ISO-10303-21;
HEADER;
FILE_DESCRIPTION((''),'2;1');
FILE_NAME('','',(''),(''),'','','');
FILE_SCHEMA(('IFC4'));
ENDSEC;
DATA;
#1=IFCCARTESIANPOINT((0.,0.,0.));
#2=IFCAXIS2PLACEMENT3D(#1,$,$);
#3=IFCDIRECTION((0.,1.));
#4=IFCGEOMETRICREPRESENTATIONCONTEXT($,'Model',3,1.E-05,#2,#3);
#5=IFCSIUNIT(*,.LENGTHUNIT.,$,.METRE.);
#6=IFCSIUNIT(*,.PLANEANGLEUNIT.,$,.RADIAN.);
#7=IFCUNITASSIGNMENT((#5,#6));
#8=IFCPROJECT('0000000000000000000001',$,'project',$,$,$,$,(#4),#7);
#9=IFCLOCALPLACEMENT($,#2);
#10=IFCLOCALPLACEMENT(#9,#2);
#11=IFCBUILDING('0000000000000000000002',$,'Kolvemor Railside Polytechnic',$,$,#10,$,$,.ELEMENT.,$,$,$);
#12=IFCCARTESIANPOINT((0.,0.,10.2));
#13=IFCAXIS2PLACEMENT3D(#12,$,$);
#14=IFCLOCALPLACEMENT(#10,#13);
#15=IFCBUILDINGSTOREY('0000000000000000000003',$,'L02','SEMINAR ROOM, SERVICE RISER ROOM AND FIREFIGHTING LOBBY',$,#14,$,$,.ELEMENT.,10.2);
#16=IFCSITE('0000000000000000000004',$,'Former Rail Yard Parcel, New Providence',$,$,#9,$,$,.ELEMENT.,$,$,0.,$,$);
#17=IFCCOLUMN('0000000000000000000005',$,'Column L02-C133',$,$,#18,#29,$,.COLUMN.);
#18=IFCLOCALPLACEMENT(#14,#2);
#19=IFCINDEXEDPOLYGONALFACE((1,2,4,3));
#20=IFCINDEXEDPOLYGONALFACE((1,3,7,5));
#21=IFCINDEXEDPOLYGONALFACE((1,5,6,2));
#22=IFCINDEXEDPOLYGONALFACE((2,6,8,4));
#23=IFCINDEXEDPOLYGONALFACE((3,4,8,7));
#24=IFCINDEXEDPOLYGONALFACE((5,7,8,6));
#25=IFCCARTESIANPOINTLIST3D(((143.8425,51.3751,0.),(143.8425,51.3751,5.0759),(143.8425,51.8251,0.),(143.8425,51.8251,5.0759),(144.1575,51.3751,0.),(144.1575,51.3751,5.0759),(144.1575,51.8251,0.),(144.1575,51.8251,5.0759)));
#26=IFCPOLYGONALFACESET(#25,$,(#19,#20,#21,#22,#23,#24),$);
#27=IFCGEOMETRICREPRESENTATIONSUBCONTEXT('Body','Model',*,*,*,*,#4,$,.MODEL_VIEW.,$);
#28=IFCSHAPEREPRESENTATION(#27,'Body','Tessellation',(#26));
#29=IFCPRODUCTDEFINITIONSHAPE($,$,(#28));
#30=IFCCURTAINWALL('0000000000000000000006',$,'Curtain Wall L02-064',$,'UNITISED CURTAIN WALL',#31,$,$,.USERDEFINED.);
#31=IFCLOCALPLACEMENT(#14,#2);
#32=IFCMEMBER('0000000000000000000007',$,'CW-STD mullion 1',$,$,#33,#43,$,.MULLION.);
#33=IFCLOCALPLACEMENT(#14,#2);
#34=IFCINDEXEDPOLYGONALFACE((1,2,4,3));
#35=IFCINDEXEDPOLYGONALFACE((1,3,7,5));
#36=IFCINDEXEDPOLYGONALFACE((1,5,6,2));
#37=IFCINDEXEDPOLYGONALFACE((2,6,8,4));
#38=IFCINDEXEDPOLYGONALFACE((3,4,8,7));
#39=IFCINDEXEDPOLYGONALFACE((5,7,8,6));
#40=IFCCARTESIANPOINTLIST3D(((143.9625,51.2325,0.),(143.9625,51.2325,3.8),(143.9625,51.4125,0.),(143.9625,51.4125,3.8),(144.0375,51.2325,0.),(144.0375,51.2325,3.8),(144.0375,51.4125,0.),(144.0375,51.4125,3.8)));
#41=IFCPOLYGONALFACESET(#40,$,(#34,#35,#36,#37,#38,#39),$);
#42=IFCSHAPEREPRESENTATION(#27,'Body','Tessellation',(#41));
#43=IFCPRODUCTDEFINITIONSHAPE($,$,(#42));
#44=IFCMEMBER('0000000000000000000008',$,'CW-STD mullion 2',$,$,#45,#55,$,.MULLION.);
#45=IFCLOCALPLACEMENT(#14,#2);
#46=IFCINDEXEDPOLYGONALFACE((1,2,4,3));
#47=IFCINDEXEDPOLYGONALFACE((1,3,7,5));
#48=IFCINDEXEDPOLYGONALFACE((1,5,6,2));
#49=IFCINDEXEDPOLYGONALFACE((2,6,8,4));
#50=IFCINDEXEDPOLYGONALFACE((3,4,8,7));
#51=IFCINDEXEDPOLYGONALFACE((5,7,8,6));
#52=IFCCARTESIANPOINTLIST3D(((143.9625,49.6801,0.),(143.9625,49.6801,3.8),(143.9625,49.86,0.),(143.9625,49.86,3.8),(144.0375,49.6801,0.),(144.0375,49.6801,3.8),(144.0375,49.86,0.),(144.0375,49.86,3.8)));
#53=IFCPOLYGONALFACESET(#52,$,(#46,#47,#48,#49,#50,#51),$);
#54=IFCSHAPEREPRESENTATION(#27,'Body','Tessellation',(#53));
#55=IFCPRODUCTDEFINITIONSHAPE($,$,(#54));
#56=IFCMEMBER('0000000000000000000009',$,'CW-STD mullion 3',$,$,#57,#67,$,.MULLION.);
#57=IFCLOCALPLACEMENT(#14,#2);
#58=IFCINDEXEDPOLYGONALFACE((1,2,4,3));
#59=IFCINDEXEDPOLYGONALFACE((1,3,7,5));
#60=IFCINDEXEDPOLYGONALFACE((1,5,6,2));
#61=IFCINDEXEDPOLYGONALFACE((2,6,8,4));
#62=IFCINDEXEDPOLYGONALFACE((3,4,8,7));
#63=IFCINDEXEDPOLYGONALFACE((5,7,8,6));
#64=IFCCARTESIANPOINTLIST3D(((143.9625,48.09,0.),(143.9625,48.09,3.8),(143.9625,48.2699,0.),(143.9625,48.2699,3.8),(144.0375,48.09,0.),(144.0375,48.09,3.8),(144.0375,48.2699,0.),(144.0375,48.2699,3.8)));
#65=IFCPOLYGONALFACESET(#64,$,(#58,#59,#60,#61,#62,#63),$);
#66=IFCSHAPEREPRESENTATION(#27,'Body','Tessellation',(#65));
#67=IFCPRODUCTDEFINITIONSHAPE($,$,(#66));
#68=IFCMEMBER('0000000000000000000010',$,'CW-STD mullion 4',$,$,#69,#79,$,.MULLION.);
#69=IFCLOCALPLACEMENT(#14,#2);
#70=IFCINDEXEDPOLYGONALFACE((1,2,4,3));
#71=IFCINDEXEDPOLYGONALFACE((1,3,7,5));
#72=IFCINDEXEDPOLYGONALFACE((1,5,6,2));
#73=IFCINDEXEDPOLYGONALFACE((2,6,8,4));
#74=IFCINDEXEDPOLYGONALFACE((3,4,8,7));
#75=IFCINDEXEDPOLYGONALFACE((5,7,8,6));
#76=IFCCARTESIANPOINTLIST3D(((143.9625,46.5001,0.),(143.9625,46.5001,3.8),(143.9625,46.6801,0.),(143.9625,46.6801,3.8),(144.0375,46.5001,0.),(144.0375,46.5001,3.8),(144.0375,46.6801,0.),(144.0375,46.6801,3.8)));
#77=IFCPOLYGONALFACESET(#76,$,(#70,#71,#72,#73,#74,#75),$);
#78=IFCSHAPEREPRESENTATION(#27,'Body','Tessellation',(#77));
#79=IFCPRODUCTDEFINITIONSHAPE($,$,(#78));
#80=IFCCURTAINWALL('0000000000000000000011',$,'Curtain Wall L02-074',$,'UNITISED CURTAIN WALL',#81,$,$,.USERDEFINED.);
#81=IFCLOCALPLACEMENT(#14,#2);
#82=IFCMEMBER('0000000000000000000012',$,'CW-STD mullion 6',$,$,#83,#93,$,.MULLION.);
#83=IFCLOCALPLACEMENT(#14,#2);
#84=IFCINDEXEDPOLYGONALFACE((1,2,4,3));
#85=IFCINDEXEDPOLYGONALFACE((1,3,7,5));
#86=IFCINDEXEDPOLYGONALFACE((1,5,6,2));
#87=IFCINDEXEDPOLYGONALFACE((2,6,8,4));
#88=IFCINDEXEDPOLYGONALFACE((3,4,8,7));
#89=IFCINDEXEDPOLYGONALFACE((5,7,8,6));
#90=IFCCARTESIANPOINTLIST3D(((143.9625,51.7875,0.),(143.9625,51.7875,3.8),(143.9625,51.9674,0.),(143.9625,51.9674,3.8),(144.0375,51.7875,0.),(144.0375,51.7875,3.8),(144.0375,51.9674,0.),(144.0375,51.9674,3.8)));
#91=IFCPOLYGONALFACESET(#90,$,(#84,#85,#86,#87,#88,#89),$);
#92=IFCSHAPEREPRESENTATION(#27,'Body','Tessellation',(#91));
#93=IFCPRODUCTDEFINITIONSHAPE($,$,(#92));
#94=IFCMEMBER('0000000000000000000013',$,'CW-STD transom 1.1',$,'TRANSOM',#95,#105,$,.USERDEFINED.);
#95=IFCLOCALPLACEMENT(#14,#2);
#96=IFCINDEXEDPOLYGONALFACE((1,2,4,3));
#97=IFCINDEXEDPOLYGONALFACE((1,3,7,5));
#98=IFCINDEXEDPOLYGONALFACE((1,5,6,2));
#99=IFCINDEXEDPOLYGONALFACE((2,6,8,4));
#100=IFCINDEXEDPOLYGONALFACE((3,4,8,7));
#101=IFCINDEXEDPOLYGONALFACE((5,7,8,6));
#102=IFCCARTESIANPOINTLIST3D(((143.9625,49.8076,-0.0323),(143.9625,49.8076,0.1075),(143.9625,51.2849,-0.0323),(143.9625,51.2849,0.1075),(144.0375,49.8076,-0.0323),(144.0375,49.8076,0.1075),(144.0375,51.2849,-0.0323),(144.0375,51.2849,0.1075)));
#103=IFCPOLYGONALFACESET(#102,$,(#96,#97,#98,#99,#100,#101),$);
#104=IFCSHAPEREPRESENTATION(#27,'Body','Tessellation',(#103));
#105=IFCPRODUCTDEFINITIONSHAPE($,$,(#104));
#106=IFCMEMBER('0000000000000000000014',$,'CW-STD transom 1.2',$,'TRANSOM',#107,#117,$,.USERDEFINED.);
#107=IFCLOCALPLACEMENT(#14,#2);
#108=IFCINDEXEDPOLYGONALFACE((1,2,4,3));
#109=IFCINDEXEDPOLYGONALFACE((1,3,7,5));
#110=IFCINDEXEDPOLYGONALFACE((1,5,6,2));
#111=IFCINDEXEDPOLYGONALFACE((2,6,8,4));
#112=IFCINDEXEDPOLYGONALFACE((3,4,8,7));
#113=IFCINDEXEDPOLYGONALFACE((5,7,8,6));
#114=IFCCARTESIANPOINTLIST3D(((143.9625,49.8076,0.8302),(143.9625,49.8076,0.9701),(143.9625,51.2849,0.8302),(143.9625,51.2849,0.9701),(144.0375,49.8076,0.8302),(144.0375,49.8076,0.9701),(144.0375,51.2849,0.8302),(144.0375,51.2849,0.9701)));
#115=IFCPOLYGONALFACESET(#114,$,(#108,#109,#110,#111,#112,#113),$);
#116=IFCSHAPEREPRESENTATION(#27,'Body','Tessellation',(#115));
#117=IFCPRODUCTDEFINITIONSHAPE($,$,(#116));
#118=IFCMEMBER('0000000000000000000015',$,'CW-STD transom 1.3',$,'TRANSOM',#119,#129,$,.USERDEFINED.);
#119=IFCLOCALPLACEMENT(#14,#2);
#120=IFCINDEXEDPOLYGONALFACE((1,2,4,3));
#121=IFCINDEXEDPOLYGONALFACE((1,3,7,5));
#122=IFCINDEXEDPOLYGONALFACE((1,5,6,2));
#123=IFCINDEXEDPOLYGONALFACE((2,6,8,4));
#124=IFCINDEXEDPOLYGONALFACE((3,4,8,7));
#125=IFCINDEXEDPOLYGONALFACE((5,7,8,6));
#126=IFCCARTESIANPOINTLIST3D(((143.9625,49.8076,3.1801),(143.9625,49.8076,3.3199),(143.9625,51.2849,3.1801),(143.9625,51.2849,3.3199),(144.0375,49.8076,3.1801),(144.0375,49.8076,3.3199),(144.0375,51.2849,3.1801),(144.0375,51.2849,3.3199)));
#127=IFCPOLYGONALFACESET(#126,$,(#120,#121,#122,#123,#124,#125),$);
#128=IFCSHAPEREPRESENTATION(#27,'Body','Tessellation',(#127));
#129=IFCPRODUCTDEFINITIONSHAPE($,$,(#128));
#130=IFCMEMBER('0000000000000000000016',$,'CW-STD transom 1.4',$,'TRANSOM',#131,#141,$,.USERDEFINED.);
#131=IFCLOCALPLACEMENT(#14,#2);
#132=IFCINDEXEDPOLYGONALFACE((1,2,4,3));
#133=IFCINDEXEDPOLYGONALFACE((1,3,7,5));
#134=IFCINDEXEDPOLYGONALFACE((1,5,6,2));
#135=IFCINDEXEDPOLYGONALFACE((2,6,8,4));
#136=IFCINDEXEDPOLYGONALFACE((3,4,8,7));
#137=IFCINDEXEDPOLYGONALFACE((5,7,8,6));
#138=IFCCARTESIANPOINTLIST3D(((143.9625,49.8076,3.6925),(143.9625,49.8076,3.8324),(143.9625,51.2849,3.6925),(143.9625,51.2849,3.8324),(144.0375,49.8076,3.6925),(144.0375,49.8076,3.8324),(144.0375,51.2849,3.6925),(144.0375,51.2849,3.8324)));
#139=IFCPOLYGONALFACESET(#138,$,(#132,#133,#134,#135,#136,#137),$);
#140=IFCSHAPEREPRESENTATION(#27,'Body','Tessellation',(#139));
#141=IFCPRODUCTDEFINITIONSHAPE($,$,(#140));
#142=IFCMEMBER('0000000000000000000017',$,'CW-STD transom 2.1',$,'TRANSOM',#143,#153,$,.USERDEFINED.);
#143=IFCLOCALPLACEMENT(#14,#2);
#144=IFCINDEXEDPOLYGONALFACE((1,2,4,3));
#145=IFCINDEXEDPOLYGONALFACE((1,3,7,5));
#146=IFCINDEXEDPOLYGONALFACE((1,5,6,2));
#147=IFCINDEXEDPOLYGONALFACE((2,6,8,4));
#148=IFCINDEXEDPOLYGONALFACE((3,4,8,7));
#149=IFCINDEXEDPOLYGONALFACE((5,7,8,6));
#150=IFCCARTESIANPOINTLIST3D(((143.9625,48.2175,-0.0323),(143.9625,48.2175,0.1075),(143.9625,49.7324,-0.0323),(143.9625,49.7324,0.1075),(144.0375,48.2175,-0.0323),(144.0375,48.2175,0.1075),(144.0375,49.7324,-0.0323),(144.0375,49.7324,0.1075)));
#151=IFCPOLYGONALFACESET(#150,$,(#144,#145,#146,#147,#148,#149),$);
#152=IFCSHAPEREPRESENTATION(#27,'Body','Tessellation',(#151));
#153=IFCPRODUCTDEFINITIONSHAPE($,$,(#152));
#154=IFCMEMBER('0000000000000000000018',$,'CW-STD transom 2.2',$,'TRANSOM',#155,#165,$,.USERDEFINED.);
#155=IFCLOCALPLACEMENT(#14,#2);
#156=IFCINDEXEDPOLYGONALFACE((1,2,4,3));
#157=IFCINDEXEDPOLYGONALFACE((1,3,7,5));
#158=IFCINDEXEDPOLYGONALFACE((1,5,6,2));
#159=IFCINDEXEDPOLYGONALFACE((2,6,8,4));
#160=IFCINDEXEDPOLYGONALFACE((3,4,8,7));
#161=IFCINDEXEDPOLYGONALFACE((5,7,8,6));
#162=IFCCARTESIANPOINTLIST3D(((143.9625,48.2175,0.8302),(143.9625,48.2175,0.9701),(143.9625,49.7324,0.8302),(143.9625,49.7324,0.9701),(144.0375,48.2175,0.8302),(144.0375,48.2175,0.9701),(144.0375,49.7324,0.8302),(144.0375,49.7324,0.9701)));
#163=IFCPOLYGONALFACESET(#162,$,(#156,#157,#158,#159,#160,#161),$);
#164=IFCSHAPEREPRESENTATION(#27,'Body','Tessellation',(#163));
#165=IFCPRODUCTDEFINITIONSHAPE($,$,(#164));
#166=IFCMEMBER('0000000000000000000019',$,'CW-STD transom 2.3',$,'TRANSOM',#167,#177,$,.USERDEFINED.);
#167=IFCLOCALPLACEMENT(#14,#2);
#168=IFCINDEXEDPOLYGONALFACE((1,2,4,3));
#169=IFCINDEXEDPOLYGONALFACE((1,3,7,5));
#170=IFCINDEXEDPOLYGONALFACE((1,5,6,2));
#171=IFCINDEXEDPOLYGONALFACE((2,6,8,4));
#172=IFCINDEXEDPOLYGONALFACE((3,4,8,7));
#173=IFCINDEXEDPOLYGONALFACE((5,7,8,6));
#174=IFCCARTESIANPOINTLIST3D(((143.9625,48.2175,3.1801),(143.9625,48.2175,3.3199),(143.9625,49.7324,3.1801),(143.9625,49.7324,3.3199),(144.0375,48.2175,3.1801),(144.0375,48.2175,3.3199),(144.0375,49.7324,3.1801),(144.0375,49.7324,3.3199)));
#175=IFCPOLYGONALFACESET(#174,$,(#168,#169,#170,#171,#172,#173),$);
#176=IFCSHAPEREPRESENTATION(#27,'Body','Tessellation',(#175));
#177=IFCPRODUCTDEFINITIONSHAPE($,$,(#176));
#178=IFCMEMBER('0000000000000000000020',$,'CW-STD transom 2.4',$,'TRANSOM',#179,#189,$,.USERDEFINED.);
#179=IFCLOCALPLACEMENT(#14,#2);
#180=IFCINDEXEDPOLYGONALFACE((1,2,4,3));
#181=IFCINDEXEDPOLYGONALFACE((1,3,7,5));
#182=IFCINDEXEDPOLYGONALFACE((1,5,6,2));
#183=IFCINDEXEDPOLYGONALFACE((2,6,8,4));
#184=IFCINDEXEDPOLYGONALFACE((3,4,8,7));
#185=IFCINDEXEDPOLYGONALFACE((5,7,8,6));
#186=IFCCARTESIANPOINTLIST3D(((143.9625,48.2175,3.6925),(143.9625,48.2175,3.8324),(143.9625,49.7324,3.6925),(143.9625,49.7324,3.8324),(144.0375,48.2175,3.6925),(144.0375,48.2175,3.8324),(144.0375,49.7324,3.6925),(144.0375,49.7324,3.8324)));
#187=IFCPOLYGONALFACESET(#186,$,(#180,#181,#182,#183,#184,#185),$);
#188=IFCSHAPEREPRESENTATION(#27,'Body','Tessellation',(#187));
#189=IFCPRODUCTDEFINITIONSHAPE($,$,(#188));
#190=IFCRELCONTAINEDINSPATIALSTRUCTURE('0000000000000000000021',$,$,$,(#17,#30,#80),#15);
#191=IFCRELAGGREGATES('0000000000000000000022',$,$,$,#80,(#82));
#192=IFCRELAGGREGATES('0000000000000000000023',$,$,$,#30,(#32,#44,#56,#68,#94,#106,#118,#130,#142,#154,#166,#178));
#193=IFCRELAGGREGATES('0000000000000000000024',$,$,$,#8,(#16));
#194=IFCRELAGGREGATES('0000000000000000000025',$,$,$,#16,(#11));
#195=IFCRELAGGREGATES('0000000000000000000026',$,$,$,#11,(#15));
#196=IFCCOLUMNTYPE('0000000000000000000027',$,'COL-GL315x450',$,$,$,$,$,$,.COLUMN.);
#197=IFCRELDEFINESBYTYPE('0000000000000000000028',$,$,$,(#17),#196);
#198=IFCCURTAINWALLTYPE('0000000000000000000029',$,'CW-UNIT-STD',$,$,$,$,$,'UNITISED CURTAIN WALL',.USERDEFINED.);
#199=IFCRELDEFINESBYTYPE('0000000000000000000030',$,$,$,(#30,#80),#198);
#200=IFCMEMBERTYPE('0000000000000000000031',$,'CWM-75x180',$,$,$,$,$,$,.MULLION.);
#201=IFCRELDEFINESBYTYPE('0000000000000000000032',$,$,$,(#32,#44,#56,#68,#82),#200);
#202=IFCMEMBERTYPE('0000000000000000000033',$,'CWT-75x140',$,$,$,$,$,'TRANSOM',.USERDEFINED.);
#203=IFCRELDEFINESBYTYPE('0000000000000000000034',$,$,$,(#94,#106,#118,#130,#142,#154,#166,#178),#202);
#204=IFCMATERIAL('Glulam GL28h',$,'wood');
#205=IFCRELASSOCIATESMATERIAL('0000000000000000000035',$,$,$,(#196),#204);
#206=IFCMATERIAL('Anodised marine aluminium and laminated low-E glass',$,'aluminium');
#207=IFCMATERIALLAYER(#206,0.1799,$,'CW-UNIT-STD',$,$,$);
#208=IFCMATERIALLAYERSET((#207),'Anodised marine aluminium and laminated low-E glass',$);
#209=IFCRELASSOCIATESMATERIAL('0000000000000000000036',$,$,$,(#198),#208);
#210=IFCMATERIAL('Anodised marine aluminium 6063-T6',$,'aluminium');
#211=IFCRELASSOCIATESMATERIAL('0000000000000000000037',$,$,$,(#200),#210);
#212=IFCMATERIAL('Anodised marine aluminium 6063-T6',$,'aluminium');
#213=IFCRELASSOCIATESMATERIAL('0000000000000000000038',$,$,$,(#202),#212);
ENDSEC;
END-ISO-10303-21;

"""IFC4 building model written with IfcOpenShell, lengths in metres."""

from ifc_helpers import new_model, si_unit, direction, frame, origin, origin_2d, place, context, subcontext, project, spatial, rectangle, extrude, material, layer, layer_set, material_profile, profile_set, type_object, element, aggregate, save


model = new_model("IFC4")

# Units and contexts
model_context = context("Model", 3, precision=1e-05, world=origin(), true_north=direction((0.0, 1.0)))
body_context = subcontext(model_context, "Body", "Model", "MODEL_VIEW")
ifc_project = project(units=[si_unit("LENGTHUNIT", "METRE"), si_unit("PLANEANGLEUNIT", "RADIAN")], contexts=[model_context])

# Site, building, storey
site_placement = place(None, origin())
site = spatial("IfcSite", under=ifc_project, at=site_placement, Name="Former Rail Yard Parcel, New Providence", CompositionType="ELEMENT", RefElevation=0.0)
building_placement = place(site_placement, origin())
building = spatial("IfcBuilding", under=site, at=building_placement, Name="Kolvemor Railside Polytechnic", CompositionType="ELEMENT")
storey_placement = place(building_placement, frame((0.0, 0.0, 10.2)))
storey = spatial("IfcBuildingStorey", under=building, at=storey_placement, Name="L02", Description="SEMINAR ROOM, SERVICE RISER ROOM AND FIREFIGHTING LOBBY", CompositionType="ELEMENT", Elevation=10.2)

# Column
ifc_material_1 = material(Name="Glulam GL28h", Category="wood")
ifc_material_profile_1 = material_profile(ifc_material_1, rectangle(XDim=0.3149, YDim=0.45, at=origin_2d()), Name="GL315x450")
ifc_profile_set_1 = profile_set([ifc_material_profile_1], Name="Glulam GL28h")
column_type = type_object("IfcColumnType", Name="COL-GL315x450", PredefinedType="COLUMN", material=ifc_profile_set_1)
column_placement = place(storey_placement, frame((144.0, 51.6001, 0.0), z_axis=(0.0, 0.0, 1.0), x_axis=(1.0, 0.0, 0.0)))
element("IfcColumn", 1, at=column_placement, inside=storey, type_object=column_type, Name="Column L02-C133", PredefinedType="COLUMN", context=body_context, shape_type="SweptSolid", body=[
    extrude(rectangle(XDim=0.3149, YDim=0.45, at=origin_2d()), origin(), (0.0, 0.0, 1.0), 5.0759),
])

# Curtain wall, members
ifc_material_2 = material(Name="Anodised marine aluminium and laminated low-E glass", Category="aluminium")
ifc_layer_1 = layer(ifc_material_2, 0.1799, Name="CW-UNIT-STD")
ifc_layer_set_1 = layer_set([ifc_layer_1], Name="Anodised marine aluminium and laminated low-E glass")
curtain_wall_type = type_object("IfcCurtainWallType", Name="CW-UNIT-STD", ElementType="UNITISED CURTAIN WALL", PredefinedType="USERDEFINED", material=ifc_layer_set_1)
curtain_wall_1_placement = place(storey_placement, origin())
curtain_wall_1 = element("IfcCurtainWall", 2, at=curtain_wall_1_placement, inside=storey, type_object=curtain_wall_type, Name="Curtain Wall L02-064", ObjectType="UNITISED CURTAIN WALL", PredefinedType="USERDEFINED")
ifc_material_3 = material(Name="Anodised marine aluminium 6063-T6", Category="aluminium")
ifc_material_profile_2 = material_profile(ifc_material_3, rectangle(XDim=0.075, YDim=0.1799, at=origin_2d()), Name="CW-MUL-75x180")
ifc_profile_set_2 = profile_set([ifc_material_profile_2], Name="Anodised marine aluminium 6063-T6")
member_type_1 = type_object("IfcMemberType", Name="CWM-75x180", PredefinedType="MULLION", material=ifc_profile_set_2)
member_1_placement = place(storey_placement, frame((144.0, 51.3225, 0.0), z_axis=(0.0, 0.0, 1.0), x_axis=(1.0, 0.0, 0.0)))
member_1 = element("IfcMember", 3, at=member_1_placement, type_object=member_type_1, Name="CW-STD mullion 1", PredefinedType="MULLION", context=body_context, shape_type="SweptSolid", body=[
    extrude(rectangle(XDim=0.075, YDim=0.1799, at=origin_2d()), origin(), (0.0, 0.0, 1.0), 3.8),
])
member_2_placement = place(storey_placement, frame((144.0, 49.77, 0.0), z_axis=(0.0, 0.0, 1.0), x_axis=(1.0, 0.0, 0.0)))
member_2 = element("IfcMember", 4, at=member_2_placement, type_object=member_type_1, Name="CW-STD mullion 2", PredefinedType="MULLION", context=body_context, shape_type="SweptSolid", body=[
    extrude(rectangle(XDim=0.075, YDim=0.1799, at=origin_2d()), origin(), (0.0, 0.0, 1.0), 3.8),
])
member_3_placement = place(storey_placement, frame((144.0, 48.1799, 0.0), z_axis=(0.0, 0.0, 1.0), x_axis=(1.0, 0.0, 0.0)))
member_3 = element("IfcMember", 5, at=member_3_placement, type_object=member_type_1, Name="CW-STD mullion 3", PredefinedType="MULLION", context=body_context, shape_type="SweptSolid", body=[
    extrude(rectangle(XDim=0.075, YDim=0.1799, at=origin_2d()), origin(), (0.0, 0.0, 1.0), 3.8),
])
member_4_placement = place(storey_placement, frame((144.0, 46.5901, 0.0), z_axis=(0.0, 0.0, 1.0), x_axis=(1.0, 0.0, 0.0)))
member_4 = element("IfcMember", 6, at=member_4_placement, type_object=member_type_1, Name="CW-STD mullion 4", PredefinedType="MULLION", context=body_context, shape_type="SweptSolid", body=[
    extrude(rectangle(XDim=0.075, YDim=0.1799, at=origin_2d()), origin(), (0.0, 0.0, 1.0), 3.8),
])

# Curtain wall, member
curtain_wall_2_placement = place(storey_placement, origin())
curtain_wall_2 = element("IfcCurtainWall", 7, at=curtain_wall_2_placement, inside=storey, type_object=curtain_wall_type, Name="Curtain Wall L02-074", ObjectType="UNITISED CURTAIN WALL", PredefinedType="USERDEFINED")
member_5_placement = place(storey_placement, frame((144.0, 51.8774, 0.0), z_axis=(0.0, 0.0, 1.0), x_axis=(1.0, 0.0, 0.0)))
member_5 = element("IfcMember", 8, at=member_5_placement, type_object=member_type_1, Name="CW-STD mullion 6", PredefinedType="MULLION", context=body_context, shape_type="SweptSolid", body=[
    extrude(rectangle(XDim=0.075, YDim=0.1799, at=origin_2d()), origin(), (0.0, 0.0, 1.0), 3.8),
])
aggregate(curtain_wall_2, [member_5])

# Members
ifc_material_4 = material(Name="Anodised marine aluminium 6063-T6", Category="aluminium")
ifc_material_profile_3 = material_profile(ifc_material_4, rectangle(XDim=0.075, YDim=0.1399, at=origin_2d()), Name="CW-TRN-75x140")
ifc_profile_set_3 = profile_set([ifc_material_profile_3], Name="Anodised marine aluminium 6063-T6")
member_type_2 = type_object("IfcMemberType", Name="CWT-75x140", ElementType="TRANSOM", PredefinedType="USERDEFINED", material=ifc_profile_set_3)
member_6_placement = place(storey_placement, frame((144.0, 51.2849, 0.0376), z_axis=(0.0, -1.0, 0.0), x_axis=(1.0, 0.0, 0.0)))
member_6 = element("IfcMember", 9, at=member_6_placement, type_object=member_type_2, Name="CW-STD transom 1.1", ObjectType="TRANSOM", PredefinedType="USERDEFINED", context=body_context, shape_type="SweptSolid", body=[
    extrude(rectangle(XDim=0.075, YDim=0.1399, at=origin_2d()), origin(), (0.0, 0.0, 1.0), 1.4773),
])
member_7_placement = place(storey_placement, frame((144.0, 51.2849, 0.9001), z_axis=(0.0, -1.0, 0.0), x_axis=(1.0, 0.0, 0.0)))
member_7 = element("IfcMember", 10, at=member_7_placement, type_object=member_type_2, Name="CW-STD transom 1.2", ObjectType="TRANSOM", PredefinedType="USERDEFINED", context=body_context, shape_type="SweptSolid", body=[
    extrude(rectangle(XDim=0.075, YDim=0.1399, at=origin_2d()), origin(), (0.0, 0.0, 1.0), 1.4773),
])
member_8_placement = place(storey_placement, frame((144.0, 51.2849, 3.25), z_axis=(0.0, -1.0, 0.0), x_axis=(1.0, 0.0, 0.0)))
member_8 = element("IfcMember", 11, at=member_8_placement, type_object=member_type_2, Name="CW-STD transom 1.3", ObjectType="TRANSOM", PredefinedType="USERDEFINED", context=body_context, shape_type="SweptSolid", body=[
    extrude(rectangle(XDim=0.075, YDim=0.1399, at=origin_2d()), origin(), (0.0, 0.0, 1.0), 1.4773),
])
member_9_placement = place(storey_placement, frame((144.0, 51.2849, 3.7625), z_axis=(0.0, -1.0, 0.0), x_axis=(1.0, 0.0, 0.0)))
member_9 = element("IfcMember", 12, at=member_9_placement, type_object=member_type_2, Name="CW-STD transom 1.4", ObjectType="TRANSOM", PredefinedType="USERDEFINED", context=body_context, shape_type="SweptSolid", body=[
    extrude(rectangle(XDim=0.075, YDim=0.1399, at=origin_2d()), origin(), (0.0, 0.0, 1.0), 1.4773),
])
member_10_placement = place(storey_placement, frame((144.0, 49.7324, 0.0376), z_axis=(0.0, -1.0, 0.0), x_axis=(1.0, 0.0, 0.0)))
member_10 = element("IfcMember", 13, at=member_10_placement, type_object=member_type_2, Name="CW-STD transom 2.1", ObjectType="TRANSOM", PredefinedType="USERDEFINED", context=body_context, shape_type="SweptSolid", body=[
    extrude(rectangle(XDim=0.075, YDim=0.1399, at=origin_2d()), origin(), (0.0, 0.0, 1.0), 1.5149),
])
member_11_placement = place(storey_placement, frame((144.0, 49.7324, 0.9001), z_axis=(0.0, -1.0, 0.0), x_axis=(1.0, 0.0, 0.0)))
member_11 = element("IfcMember", 14, at=member_11_placement, type_object=member_type_2, Name="CW-STD transom 2.2", ObjectType="TRANSOM", PredefinedType="USERDEFINED", context=body_context, shape_type="SweptSolid", body=[
    extrude(rectangle(XDim=0.075, YDim=0.1399, at=origin_2d()), origin(), (0.0, 0.0, 1.0), 1.5149),
])
member_12_placement = place(storey_placement, frame((144.0, 49.7324, 3.25), z_axis=(0.0, -1.0, 0.0), x_axis=(1.0, 0.0, 0.0)))
member_12 = element("IfcMember", 15, at=member_12_placement, type_object=member_type_2, Name="CW-STD transom 2.3", ObjectType="TRANSOM", PredefinedType="USERDEFINED", context=body_context, shape_type="SweptSolid", body=[
    extrude(rectangle(XDim=0.075, YDim=0.1399, at=origin_2d()), origin(), (0.0, 0.0, 1.0), 1.5149),
])
member_13_placement = place(storey_placement, frame((144.0, 49.7324, 3.7625), z_axis=(0.0, -1.0, 0.0), x_axis=(1.0, 0.0, 0.0)))
member_13 = element("IfcMember", 16, at=member_13_placement, type_object=member_type_2, Name="CW-STD transom 2.4", ObjectType="TRANSOM", PredefinedType="USERDEFINED", context=body_context, shape_type="SweptSolid", body=[
    extrude(rectangle(XDim=0.075, YDim=0.1399, at=origin_2d()), origin(), (0.0, 0.0, 1.0), 1.5149),
])

aggregate(curtain_wall_1, [member_1, member_2, member_3, member_4, member_6, member_7, member_8, member_9, member_10, member_11, member_12, member_13])

save(model, "model.ifc")
